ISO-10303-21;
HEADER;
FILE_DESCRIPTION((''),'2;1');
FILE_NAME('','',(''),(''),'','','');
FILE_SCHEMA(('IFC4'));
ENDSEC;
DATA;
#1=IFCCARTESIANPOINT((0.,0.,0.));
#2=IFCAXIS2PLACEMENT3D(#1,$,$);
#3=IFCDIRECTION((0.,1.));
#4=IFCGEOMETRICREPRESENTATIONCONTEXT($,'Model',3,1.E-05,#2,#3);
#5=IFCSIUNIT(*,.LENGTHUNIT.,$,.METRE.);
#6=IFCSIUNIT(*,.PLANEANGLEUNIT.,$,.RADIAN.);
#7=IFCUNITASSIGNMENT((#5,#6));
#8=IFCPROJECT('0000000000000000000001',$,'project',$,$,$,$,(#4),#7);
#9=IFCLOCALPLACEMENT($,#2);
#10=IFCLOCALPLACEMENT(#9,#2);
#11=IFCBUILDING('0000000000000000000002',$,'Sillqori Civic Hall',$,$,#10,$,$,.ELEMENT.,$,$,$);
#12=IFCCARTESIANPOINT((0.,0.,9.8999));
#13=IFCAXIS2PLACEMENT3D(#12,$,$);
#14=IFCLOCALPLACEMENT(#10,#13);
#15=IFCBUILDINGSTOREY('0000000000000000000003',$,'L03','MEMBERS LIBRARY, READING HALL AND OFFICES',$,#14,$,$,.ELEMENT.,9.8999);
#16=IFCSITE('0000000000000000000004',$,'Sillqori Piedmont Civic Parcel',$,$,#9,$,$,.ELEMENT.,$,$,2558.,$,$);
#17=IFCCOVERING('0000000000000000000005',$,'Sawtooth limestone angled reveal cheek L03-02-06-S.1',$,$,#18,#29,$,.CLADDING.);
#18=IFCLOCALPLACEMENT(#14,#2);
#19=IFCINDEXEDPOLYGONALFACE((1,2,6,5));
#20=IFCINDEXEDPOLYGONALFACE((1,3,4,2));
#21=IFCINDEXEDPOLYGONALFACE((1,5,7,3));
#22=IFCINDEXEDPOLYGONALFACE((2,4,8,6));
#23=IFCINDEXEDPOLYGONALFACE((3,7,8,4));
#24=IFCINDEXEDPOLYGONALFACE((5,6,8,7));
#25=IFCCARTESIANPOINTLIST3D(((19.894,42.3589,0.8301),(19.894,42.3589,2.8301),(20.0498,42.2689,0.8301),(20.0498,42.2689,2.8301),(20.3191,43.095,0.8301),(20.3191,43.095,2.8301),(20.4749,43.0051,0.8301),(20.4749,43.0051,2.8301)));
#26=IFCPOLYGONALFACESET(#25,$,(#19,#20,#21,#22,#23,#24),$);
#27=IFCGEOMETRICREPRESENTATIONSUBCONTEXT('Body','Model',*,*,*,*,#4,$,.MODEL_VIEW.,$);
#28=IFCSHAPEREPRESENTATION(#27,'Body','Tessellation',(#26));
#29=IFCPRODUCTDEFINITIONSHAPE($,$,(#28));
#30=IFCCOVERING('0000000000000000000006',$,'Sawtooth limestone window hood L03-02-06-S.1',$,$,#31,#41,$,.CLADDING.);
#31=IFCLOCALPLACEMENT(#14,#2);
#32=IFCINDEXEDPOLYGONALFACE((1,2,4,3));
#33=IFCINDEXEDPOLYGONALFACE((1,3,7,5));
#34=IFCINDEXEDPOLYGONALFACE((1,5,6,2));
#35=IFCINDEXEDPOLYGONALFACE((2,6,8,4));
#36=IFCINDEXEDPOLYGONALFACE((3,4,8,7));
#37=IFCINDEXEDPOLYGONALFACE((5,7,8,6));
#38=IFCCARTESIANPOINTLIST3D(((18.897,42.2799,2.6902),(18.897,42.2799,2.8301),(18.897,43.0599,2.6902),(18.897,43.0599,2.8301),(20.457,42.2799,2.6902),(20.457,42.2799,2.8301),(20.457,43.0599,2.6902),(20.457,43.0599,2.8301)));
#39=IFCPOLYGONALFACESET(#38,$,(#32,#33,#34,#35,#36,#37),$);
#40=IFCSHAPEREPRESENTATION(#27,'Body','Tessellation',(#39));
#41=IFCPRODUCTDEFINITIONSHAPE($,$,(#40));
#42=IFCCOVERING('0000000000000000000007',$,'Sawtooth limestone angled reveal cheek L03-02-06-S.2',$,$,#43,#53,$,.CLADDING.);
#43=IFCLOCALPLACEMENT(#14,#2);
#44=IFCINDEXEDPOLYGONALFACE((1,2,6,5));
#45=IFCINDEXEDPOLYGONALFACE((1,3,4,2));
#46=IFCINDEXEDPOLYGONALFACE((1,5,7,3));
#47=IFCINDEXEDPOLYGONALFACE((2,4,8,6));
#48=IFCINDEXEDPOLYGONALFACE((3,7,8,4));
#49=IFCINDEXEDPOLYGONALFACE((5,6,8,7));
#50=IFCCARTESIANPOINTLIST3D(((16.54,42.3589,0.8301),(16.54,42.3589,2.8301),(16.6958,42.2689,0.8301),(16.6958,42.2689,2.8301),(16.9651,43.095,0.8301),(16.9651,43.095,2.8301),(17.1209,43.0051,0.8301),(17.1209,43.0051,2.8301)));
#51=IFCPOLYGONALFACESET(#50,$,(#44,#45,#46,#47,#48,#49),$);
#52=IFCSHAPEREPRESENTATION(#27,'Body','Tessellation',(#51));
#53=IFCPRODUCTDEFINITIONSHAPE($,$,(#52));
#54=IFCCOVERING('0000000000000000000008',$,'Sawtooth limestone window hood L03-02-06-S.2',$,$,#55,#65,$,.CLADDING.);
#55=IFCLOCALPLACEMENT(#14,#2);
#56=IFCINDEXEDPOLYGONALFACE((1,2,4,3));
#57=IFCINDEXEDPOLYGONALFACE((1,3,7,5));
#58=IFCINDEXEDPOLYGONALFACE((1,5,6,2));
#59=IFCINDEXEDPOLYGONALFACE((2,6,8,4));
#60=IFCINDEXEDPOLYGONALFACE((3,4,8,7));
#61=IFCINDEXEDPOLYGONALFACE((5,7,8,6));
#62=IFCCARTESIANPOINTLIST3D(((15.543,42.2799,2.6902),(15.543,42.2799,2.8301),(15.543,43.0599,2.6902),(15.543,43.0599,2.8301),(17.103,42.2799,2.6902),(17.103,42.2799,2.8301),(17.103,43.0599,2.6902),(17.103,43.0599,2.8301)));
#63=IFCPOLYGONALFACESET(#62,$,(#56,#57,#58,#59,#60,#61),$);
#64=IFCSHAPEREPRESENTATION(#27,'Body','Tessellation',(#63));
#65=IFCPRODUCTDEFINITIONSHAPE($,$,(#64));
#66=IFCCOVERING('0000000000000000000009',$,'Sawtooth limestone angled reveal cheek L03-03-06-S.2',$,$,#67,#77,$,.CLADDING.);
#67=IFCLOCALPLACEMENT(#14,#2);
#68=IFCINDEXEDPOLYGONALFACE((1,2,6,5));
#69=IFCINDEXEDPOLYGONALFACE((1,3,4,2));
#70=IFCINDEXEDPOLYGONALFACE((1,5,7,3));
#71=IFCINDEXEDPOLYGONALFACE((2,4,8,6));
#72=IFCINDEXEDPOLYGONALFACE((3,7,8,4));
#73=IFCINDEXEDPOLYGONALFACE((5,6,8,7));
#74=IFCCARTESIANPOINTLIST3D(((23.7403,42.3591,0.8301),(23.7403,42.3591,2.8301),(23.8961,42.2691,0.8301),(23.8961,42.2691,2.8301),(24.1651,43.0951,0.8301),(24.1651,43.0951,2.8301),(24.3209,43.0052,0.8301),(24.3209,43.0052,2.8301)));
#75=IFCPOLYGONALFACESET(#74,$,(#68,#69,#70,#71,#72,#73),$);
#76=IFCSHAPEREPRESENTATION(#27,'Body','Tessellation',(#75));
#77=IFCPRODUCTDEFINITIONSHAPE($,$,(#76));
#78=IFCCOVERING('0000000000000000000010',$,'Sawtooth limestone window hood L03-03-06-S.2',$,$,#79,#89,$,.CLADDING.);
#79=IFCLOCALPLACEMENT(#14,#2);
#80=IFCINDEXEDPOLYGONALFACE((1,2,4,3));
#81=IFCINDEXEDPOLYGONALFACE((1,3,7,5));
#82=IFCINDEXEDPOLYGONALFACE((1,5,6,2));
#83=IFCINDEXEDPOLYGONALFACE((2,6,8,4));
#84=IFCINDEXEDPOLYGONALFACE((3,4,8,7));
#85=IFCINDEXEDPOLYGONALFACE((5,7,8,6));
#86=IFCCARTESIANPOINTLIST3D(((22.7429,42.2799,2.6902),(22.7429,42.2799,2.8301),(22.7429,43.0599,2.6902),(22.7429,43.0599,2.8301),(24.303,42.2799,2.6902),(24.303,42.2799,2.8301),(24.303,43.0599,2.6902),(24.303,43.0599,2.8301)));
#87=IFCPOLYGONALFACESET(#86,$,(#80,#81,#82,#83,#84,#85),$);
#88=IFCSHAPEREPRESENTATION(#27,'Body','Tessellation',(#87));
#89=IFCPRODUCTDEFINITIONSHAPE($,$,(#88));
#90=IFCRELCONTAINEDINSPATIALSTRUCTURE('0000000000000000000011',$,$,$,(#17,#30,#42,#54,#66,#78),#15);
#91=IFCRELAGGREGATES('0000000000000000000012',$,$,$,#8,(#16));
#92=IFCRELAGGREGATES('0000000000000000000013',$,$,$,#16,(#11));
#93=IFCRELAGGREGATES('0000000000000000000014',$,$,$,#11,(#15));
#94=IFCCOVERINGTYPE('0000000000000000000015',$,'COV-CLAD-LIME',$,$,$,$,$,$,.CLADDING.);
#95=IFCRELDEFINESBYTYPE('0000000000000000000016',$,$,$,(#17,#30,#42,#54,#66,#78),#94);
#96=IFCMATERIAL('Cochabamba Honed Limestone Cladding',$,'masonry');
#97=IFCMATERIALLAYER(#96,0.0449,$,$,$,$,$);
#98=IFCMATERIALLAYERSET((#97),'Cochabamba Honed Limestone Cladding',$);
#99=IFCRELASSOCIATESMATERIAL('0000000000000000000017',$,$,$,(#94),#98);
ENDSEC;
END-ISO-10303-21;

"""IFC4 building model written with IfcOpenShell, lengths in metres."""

from ifc_helpers import new_model, si_unit, direction, frame, frame_2d, origin, place, context, subcontext, project, spatial, rectangle, extrude, material, layer, layer_set, type_object, element, save


model = new_model("IFC4")

# Units and contexts
model_context = context("Model", 3, precision=1e-05, world=origin(), true_north=direction((0.0, 1.0)))
body_context = subcontext(model_context, "Body", "Model", "MODEL_VIEW")
ifc_project = project(units=[si_unit("LENGTHUNIT", "METRE"), si_unit("PLANEANGLEUNIT", "RADIAN")], contexts=[model_context])

# Site, building, storey
site_placement = place(None, origin())
site = spatial("IfcSite", under=ifc_project, at=site_placement, Name="Sillqori Piedmont Civic Parcel", CompositionType="ELEMENT", RefElevation=2558.0)
building_placement = place(site_placement, origin())
building = spatial("IfcBuilding", under=site, at=building_placement, Name="Sillqori Civic Hall", CompositionType="ELEMENT")
storey_placement = place(building_placement, frame((0.0, 0.0, 9.8999)))
storey = spatial("IfcBuildingStorey", under=building, at=storey_placement, Name="L03", Description="MEMBERS LIBRARY, READING HALL AND OFFICES", CompositionType="ELEMENT", Elevation=9.8999)

# Coverings
ifc_material_1 = material(Name="Cochabamba Honed Limestone Cladding", Category="masonry")
ifc_layer_1 = layer(ifc_material_1, 0.0449)
ifc_layer_set_1 = layer_set([ifc_layer_1], Name="Cochabamba Honed Limestone Cladding")
covering_type = type_object("IfcCoveringType", Name="COV-CLAD-LIME", PredefinedType="CLADDING", material=ifc_layer_set_1)
covering_1_placement = place(storey_placement, frame((20.397, 43.05, 0.8301), z_axis=(0.0, 0.0, 1.0), x_axis=(-0.500062, -0.865989, 0.0)))
element("IfcCovering", 1, at=covering_1_placement, inside=storey, type_object=covering_type, Name="Sawtooth limestone angled reveal cheek L03-02-06-S.1", PredefinedType="CLADDING", context=body_context, shape_type="SweptSolid", body=[
    extrude(rectangle(XDim=0.8501, YDim=0.1799, at=frame_2d((0.425, 0.0))), origin(), (0.0, 0.0, 1.0), 2.0),
])
covering_2_placement = place(storey_placement, frame((20.457, 42.6699, 2.6902), z_axis=(0.0, 0.0, 1.0), x_axis=(-1.0, 0.0, 0.0)))
element("IfcCovering", 2, at=covering_2_placement, inside=storey, type_object=covering_type, Name="Sawtooth limestone window hood L03-02-06-S.1", PredefinedType="CLADDING", context=body_context, shape_type="SweptSolid", body=[
    extrude(rectangle(XDim=1.5601, YDim=0.78, at=frame_2d((0.78, 0.0))), origin(), (0.0, 0.0, 1.0), 0.1399),
])
covering_3_placement = place(storey_placement, frame((17.043, 43.05, 0.8301), z_axis=(0.0, 0.0, 1.0), x_axis=(-0.500062, -0.865989, 0.0)))
element("IfcCovering", 3, at=covering_3_placement, inside=storey, type_object=covering_type, Name="Sawtooth limestone angled reveal cheek L03-02-06-S.2", PredefinedType="CLADDING", context=body_context, shape_type="SweptSolid", body=[
    extrude(rectangle(XDim=0.8501, YDim=0.1799, at=frame_2d((0.425, 0.0))), origin(), (0.0, 0.0, 1.0), 2.0),
])
covering_4_placement = place(storey_placement, frame((17.103, 42.6699, 2.6902), z_axis=(0.0, 0.0, 1.0), x_axis=(-1.0, 0.0, 0.0)))
element("IfcCovering", 4, at=covering_4_placement, inside=storey, type_object=covering_type, Name="Sawtooth limestone window hood L03-02-06-S.2", PredefinedType="CLADDING", context=body_context, shape_type="SweptSolid", body=[
    extrude(rectangle(XDim=1.5601, YDim=0.78, at=frame_2d((0.78, 0.0))), origin(), (0.0, 0.0, 1.0), 0.1399),
])
covering_5_placement = place(storey_placement, frame((24.2429, 43.05, 0.8301), z_axis=(0.0, 0.0, 1.0), x_axis=(-0.499847, -0.866114, 0.0)))
element("IfcCovering", 5, at=covering_5_placement, inside=storey, type_object=covering_type, Name="Sawtooth limestone angled reveal cheek L03-03-06-S.2", PredefinedType="CLADDING", context=body_context, shape_type="SweptSolid", body=[
    extrude(rectangle(XDim=0.8499, YDim=0.1799, at=frame_2d((0.4248, 0.0))), origin(), (0.0, 0.0, 1.0), 2.0),
])
covering_6_placement = place(storey_placement, frame((24.303, 42.6699, 2.6902), z_axis=(0.0, 0.0, 1.0), x_axis=(-1.0, 0.0, 0.0)))
element("IfcCovering", 6, at=covering_6_placement, inside=storey, type_object=covering_type, Name="Sawtooth limestone window hood L03-03-06-S.2", PredefinedType="CLADDING", context=body_context, shape_type="SweptSolid", body=[
    extrude(rectangle(XDim=1.5601, YDim=0.78, at=frame_2d((0.78, 0.0))), origin(), (0.0, 0.0, 1.0), 0.1399),
])

save(model, "model.ifc")
